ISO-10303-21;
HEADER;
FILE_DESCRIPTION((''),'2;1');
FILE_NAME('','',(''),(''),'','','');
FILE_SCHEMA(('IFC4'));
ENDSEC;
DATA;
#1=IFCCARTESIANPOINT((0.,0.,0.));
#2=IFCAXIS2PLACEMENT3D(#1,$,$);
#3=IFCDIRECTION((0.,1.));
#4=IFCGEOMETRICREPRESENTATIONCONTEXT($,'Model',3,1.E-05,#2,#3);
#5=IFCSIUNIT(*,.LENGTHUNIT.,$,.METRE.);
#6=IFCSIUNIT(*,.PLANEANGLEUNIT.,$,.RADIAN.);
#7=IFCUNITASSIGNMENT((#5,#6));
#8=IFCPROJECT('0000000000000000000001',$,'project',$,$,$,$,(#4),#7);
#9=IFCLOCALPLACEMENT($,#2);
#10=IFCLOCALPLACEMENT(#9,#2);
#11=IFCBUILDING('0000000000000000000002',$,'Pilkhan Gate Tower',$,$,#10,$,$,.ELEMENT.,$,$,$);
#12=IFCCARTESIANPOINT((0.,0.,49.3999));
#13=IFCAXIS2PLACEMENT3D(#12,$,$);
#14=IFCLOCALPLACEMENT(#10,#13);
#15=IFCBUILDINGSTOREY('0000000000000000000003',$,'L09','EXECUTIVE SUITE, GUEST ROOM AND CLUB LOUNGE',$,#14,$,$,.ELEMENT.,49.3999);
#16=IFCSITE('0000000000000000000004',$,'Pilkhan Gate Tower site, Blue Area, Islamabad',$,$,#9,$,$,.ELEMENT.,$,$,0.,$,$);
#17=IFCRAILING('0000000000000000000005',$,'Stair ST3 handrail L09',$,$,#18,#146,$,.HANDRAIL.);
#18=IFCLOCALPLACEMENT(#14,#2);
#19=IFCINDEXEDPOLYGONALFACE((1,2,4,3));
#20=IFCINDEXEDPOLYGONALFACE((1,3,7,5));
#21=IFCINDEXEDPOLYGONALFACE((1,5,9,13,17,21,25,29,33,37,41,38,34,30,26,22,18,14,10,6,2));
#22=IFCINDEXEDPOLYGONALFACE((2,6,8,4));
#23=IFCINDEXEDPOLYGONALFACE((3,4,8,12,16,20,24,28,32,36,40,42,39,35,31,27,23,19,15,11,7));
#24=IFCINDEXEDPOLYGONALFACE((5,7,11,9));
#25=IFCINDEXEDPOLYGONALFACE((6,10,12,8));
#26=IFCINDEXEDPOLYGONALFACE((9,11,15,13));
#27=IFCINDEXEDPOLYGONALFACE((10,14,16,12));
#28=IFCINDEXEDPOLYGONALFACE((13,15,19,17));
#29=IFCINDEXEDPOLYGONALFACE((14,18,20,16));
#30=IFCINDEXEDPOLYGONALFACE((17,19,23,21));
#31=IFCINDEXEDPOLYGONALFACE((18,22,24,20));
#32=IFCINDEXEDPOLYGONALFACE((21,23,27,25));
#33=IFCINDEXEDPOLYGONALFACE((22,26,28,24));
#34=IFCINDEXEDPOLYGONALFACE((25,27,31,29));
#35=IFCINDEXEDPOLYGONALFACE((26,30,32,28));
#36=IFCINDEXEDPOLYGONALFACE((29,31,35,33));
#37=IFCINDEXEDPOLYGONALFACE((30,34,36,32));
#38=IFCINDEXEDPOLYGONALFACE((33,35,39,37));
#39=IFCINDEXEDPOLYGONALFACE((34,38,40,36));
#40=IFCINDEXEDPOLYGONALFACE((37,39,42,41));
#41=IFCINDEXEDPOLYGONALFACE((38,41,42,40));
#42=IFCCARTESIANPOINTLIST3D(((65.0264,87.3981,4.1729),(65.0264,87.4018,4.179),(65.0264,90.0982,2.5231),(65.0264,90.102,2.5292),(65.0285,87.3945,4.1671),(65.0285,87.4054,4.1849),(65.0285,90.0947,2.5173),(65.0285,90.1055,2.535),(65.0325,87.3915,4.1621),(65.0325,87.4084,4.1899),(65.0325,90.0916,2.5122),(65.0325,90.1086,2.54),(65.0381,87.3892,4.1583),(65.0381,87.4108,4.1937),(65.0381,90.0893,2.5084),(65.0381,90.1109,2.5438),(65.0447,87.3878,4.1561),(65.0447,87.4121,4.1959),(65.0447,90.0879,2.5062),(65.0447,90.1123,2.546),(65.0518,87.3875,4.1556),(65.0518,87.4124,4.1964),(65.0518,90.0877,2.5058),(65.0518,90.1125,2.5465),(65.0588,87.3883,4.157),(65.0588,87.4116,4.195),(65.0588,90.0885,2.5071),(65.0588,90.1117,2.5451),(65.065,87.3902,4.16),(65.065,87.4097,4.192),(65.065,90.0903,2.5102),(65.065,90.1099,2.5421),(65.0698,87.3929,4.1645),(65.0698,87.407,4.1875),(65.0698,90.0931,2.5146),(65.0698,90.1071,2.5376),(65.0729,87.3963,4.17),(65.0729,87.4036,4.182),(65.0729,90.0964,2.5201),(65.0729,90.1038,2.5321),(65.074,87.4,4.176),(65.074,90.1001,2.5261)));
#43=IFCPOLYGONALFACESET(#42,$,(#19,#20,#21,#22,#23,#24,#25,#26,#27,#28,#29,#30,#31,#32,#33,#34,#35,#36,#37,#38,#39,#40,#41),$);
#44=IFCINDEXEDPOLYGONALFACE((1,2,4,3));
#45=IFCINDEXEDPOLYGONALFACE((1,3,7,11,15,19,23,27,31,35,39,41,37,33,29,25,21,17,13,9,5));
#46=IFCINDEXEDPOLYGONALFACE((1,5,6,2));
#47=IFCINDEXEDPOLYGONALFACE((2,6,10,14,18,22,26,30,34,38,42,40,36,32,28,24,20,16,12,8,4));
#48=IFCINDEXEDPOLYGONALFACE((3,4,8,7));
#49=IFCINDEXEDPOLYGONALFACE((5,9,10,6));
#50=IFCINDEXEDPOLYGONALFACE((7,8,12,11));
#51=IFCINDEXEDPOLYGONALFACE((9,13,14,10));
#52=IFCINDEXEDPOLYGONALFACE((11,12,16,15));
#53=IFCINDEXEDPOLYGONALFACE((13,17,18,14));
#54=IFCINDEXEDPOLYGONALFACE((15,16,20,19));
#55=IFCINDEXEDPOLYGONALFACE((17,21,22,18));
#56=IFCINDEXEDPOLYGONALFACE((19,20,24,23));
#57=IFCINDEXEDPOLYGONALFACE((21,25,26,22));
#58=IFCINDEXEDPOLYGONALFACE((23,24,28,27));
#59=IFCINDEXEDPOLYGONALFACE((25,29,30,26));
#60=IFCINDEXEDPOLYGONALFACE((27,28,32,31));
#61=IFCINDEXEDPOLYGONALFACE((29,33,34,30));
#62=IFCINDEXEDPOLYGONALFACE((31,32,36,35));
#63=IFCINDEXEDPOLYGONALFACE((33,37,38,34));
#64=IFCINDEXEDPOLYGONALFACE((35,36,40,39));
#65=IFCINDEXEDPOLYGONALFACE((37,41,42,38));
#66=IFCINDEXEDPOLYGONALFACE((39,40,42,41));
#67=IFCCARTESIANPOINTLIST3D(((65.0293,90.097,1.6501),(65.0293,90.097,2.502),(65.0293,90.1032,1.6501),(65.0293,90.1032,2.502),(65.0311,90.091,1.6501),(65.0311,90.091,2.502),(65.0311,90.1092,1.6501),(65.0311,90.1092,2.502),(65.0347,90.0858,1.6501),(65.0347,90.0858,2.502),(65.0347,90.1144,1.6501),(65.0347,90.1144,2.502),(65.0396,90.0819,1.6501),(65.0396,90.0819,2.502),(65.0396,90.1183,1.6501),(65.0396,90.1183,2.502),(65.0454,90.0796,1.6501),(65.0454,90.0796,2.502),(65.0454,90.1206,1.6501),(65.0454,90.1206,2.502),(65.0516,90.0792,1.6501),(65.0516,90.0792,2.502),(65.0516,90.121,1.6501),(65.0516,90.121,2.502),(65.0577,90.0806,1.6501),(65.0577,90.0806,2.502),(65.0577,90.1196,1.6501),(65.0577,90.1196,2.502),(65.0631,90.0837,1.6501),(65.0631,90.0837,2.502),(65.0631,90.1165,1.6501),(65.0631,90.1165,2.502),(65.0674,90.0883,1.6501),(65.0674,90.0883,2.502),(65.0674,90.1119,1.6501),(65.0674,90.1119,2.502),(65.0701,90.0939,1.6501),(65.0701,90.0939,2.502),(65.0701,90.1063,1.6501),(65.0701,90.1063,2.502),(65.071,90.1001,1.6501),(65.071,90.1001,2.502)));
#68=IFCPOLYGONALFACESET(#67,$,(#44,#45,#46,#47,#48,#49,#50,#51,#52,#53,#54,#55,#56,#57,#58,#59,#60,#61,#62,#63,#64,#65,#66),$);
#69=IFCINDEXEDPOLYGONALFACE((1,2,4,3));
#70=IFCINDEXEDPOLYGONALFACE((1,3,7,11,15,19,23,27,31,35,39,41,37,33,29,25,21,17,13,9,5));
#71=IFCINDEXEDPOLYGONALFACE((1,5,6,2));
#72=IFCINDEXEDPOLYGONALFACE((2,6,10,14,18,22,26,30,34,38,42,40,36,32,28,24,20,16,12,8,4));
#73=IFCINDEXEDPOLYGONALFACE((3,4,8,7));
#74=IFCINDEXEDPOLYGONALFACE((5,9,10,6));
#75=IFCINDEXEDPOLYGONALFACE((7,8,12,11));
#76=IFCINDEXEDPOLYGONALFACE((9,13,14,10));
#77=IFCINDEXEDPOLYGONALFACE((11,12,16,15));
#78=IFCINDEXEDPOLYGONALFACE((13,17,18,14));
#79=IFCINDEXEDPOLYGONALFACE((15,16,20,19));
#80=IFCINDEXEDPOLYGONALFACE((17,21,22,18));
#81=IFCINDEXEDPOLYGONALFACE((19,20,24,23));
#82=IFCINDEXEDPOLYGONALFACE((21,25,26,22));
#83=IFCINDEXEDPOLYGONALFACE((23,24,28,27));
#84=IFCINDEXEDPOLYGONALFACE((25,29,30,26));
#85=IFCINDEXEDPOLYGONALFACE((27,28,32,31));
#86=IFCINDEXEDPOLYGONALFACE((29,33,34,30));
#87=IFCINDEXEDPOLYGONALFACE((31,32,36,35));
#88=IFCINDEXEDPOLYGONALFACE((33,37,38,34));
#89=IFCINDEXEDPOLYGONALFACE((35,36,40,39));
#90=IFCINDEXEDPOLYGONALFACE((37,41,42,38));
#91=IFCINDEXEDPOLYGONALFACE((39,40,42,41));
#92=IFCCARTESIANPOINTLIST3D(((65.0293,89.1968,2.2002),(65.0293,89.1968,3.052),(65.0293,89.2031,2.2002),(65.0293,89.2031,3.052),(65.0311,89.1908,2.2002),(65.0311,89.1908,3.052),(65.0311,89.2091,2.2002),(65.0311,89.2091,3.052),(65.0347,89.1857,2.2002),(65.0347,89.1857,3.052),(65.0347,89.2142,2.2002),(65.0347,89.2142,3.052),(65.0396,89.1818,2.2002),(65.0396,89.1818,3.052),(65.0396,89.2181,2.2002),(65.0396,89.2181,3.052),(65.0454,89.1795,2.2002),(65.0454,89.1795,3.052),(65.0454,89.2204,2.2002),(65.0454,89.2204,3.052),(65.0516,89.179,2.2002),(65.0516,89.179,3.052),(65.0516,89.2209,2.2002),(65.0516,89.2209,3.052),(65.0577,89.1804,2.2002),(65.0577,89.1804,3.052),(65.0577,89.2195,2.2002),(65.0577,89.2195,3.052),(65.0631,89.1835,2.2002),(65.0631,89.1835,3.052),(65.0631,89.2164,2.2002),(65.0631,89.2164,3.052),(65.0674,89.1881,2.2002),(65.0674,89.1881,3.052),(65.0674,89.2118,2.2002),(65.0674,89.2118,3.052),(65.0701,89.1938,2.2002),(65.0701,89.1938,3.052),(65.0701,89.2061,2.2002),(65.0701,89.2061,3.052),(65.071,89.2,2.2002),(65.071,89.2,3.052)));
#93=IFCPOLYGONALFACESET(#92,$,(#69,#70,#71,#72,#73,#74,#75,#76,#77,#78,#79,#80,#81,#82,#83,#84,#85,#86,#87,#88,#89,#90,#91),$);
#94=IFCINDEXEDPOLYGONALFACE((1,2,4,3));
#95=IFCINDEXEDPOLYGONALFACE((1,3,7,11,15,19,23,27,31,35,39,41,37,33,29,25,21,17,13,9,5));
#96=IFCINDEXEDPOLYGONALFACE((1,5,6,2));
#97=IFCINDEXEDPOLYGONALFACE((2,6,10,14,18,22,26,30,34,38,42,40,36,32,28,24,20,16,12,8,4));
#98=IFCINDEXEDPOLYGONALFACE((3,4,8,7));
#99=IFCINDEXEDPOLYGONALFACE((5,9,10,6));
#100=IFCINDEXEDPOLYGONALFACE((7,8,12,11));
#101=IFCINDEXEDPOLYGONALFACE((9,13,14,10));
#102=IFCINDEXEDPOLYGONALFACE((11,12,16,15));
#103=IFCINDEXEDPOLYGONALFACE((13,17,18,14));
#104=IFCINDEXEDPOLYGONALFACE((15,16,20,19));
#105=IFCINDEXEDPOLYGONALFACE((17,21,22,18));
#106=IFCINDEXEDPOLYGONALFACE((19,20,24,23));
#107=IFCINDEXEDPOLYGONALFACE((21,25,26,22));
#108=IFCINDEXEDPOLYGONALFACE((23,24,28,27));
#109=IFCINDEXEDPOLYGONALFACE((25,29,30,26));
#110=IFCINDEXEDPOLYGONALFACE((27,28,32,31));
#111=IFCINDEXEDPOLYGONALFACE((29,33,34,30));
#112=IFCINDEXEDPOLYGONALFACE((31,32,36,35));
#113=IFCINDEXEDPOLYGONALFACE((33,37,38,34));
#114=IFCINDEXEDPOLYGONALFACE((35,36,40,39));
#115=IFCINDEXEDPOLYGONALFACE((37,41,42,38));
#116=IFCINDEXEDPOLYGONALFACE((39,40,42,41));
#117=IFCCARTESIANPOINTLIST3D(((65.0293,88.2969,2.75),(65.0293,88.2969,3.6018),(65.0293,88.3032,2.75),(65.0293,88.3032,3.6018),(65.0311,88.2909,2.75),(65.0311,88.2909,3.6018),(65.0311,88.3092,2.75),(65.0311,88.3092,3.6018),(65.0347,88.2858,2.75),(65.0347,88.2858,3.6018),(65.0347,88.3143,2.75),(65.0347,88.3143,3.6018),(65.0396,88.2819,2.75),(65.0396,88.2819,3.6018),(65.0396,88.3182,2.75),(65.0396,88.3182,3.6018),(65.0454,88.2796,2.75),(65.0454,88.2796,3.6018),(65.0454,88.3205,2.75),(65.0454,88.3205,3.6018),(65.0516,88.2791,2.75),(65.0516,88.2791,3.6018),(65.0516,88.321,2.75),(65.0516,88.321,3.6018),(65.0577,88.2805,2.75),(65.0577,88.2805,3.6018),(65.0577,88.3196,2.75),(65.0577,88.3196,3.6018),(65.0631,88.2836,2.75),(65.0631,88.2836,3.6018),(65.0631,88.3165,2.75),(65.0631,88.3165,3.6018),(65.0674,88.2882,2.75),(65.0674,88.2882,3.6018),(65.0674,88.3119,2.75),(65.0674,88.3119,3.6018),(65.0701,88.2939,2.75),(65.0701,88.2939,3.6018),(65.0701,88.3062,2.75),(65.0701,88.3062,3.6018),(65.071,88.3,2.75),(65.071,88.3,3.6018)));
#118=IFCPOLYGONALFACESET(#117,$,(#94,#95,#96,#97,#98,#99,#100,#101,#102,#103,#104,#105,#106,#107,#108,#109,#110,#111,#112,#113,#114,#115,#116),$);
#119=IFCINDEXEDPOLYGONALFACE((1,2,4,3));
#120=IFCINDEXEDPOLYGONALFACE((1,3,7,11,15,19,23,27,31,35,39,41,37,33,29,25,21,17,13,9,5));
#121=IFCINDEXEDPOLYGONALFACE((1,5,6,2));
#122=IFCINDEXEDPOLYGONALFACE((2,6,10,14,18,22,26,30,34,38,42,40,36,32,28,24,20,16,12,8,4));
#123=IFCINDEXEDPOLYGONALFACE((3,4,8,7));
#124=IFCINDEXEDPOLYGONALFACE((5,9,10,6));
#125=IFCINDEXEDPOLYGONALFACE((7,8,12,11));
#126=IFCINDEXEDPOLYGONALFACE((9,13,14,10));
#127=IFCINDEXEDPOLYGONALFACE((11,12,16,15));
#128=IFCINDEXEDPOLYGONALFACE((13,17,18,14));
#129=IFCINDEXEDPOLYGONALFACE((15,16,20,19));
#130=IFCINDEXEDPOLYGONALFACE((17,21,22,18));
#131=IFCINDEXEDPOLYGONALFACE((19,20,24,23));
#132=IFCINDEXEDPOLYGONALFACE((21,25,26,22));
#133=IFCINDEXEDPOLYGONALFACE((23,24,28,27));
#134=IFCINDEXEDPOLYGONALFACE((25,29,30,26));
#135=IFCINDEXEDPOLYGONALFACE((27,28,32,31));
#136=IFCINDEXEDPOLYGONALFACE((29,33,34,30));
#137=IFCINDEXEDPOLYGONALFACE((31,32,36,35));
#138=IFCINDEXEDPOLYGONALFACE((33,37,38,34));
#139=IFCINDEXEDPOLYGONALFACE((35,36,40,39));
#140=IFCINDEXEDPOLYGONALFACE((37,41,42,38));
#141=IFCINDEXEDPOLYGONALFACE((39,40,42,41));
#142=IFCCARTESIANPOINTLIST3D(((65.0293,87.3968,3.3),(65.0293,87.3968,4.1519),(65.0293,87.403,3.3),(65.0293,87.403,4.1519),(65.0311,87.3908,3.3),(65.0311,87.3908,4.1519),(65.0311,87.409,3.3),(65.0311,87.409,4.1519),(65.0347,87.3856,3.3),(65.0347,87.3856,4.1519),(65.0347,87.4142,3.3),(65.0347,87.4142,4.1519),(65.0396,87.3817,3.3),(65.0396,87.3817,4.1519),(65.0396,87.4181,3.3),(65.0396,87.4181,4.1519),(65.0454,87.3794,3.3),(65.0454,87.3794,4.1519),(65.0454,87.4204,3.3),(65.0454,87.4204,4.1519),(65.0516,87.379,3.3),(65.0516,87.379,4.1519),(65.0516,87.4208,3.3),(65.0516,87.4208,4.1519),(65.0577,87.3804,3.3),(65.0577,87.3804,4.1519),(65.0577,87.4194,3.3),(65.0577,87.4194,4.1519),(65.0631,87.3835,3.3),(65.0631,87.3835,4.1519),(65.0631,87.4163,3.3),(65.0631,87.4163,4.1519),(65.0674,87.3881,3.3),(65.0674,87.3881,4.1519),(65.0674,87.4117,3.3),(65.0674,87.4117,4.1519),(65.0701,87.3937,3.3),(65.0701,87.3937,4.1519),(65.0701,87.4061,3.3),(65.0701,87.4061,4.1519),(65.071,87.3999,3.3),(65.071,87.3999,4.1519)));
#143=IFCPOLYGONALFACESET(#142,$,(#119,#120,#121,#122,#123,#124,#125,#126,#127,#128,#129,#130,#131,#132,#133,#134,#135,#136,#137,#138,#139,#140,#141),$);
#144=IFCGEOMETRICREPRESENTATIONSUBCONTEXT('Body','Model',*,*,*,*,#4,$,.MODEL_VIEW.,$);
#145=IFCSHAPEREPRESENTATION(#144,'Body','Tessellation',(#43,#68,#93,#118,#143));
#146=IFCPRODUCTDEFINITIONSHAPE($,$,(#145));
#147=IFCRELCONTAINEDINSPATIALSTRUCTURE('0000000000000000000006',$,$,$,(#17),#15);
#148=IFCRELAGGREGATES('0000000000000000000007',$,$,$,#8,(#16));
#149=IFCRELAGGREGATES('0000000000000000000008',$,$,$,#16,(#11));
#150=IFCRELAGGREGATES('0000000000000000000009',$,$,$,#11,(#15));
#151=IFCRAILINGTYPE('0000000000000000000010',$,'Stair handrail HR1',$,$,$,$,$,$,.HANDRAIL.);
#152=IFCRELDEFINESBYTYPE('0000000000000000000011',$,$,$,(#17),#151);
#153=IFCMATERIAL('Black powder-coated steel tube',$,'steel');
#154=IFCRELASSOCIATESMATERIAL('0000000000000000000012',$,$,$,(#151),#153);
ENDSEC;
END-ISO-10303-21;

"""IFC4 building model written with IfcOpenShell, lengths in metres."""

from ifc_helpers import new_model, si_unit, direction, frame, origin, origin_2d, place, context, subcontext, project, spatial, circle, extrude, material, type_object, element, save


model = new_model("IFC4")

# Units and contexts
model_context = context("Model", 3, precision=1e-05, world=origin(), true_north=direction((0.0, 1.0)))
body_context = subcontext(model_context, "Body", "Model", "MODEL_VIEW")
ifc_project = project(units=[si_unit("LENGTHUNIT", "METRE"), si_unit("PLANEANGLEUNIT", "RADIAN")], contexts=[model_context])

# Site, building, storey
site_placement = place(None, origin())
site = spatial("IfcSite", under=ifc_project, at=site_placement, Name="Pilkhan Gate Tower site, Blue Area, Islamabad", CompositionType="ELEMENT", RefElevation=0.0)
building_placement = place(site_placement, origin())
building = spatial("IfcBuilding", under=site, at=building_placement, Name="Pilkhan Gate Tower", CompositionType="ELEMENT")
storey_placement = place(building_placement, frame((0.0, 0.0, 49.3999)))
storey = spatial("IfcBuildingStorey", under=building, at=storey_placement, Name="L09", Description="EXECUTIVE SUITE, GUEST ROOM AND CLUB LOUNGE", CompositionType="ELEMENT", Elevation=49.3999)

# Railing
ifc_material_1 = material(Name="Black powder-coated steel tube", Category="steel")
railing_type_1 = type_object("IfcRailingType", Name="Stair handrail HR1", PredefinedType="HANDRAIL", material=ifc_material_1)
railing_placement = place(storey_placement, frame((65.05, 90.1001, 1.6501)))
element("IfcRailing", 1, at=railing_placement, inside=storey, type_object=railing_type_1, Name="Stair ST3 handrail L09", PredefinedType="HANDRAIL", context=body_context, shape_type="SweptSolid", body=[
    extrude(circle(Radius=0.0239, at=origin_2d()), frame((0.0, 0.0, 0.876), z_axis=(0.0, -0.853312, 0.5214), x_axis=(1.0, 0.0, 0.0)), (0.0, 0.0, 1.0), 3.1643),
    extrude(circle(Radius=0.021, at=origin_2d()), origin(), (0.0, 0.0, 1.0), 0.8518),
    extrude(circle(Radius=0.021, at=origin_2d()), frame((0.0, -0.9001, 0.55)), (0.0, 0.0, 1.0), 0.8518),
    extrude(circle(Radius=0.021, at=origin_2d()), frame((0.0, -1.8, 1.0999)), (0.0, 0.0, 1.0), 0.8518),
    extrude(circle(Radius=0.021, at=origin_2d()), frame((0.0, -2.7002, 1.6499)), (0.0, 0.0, 1.0), 0.8518),
])

save(model, "model.ifc")
